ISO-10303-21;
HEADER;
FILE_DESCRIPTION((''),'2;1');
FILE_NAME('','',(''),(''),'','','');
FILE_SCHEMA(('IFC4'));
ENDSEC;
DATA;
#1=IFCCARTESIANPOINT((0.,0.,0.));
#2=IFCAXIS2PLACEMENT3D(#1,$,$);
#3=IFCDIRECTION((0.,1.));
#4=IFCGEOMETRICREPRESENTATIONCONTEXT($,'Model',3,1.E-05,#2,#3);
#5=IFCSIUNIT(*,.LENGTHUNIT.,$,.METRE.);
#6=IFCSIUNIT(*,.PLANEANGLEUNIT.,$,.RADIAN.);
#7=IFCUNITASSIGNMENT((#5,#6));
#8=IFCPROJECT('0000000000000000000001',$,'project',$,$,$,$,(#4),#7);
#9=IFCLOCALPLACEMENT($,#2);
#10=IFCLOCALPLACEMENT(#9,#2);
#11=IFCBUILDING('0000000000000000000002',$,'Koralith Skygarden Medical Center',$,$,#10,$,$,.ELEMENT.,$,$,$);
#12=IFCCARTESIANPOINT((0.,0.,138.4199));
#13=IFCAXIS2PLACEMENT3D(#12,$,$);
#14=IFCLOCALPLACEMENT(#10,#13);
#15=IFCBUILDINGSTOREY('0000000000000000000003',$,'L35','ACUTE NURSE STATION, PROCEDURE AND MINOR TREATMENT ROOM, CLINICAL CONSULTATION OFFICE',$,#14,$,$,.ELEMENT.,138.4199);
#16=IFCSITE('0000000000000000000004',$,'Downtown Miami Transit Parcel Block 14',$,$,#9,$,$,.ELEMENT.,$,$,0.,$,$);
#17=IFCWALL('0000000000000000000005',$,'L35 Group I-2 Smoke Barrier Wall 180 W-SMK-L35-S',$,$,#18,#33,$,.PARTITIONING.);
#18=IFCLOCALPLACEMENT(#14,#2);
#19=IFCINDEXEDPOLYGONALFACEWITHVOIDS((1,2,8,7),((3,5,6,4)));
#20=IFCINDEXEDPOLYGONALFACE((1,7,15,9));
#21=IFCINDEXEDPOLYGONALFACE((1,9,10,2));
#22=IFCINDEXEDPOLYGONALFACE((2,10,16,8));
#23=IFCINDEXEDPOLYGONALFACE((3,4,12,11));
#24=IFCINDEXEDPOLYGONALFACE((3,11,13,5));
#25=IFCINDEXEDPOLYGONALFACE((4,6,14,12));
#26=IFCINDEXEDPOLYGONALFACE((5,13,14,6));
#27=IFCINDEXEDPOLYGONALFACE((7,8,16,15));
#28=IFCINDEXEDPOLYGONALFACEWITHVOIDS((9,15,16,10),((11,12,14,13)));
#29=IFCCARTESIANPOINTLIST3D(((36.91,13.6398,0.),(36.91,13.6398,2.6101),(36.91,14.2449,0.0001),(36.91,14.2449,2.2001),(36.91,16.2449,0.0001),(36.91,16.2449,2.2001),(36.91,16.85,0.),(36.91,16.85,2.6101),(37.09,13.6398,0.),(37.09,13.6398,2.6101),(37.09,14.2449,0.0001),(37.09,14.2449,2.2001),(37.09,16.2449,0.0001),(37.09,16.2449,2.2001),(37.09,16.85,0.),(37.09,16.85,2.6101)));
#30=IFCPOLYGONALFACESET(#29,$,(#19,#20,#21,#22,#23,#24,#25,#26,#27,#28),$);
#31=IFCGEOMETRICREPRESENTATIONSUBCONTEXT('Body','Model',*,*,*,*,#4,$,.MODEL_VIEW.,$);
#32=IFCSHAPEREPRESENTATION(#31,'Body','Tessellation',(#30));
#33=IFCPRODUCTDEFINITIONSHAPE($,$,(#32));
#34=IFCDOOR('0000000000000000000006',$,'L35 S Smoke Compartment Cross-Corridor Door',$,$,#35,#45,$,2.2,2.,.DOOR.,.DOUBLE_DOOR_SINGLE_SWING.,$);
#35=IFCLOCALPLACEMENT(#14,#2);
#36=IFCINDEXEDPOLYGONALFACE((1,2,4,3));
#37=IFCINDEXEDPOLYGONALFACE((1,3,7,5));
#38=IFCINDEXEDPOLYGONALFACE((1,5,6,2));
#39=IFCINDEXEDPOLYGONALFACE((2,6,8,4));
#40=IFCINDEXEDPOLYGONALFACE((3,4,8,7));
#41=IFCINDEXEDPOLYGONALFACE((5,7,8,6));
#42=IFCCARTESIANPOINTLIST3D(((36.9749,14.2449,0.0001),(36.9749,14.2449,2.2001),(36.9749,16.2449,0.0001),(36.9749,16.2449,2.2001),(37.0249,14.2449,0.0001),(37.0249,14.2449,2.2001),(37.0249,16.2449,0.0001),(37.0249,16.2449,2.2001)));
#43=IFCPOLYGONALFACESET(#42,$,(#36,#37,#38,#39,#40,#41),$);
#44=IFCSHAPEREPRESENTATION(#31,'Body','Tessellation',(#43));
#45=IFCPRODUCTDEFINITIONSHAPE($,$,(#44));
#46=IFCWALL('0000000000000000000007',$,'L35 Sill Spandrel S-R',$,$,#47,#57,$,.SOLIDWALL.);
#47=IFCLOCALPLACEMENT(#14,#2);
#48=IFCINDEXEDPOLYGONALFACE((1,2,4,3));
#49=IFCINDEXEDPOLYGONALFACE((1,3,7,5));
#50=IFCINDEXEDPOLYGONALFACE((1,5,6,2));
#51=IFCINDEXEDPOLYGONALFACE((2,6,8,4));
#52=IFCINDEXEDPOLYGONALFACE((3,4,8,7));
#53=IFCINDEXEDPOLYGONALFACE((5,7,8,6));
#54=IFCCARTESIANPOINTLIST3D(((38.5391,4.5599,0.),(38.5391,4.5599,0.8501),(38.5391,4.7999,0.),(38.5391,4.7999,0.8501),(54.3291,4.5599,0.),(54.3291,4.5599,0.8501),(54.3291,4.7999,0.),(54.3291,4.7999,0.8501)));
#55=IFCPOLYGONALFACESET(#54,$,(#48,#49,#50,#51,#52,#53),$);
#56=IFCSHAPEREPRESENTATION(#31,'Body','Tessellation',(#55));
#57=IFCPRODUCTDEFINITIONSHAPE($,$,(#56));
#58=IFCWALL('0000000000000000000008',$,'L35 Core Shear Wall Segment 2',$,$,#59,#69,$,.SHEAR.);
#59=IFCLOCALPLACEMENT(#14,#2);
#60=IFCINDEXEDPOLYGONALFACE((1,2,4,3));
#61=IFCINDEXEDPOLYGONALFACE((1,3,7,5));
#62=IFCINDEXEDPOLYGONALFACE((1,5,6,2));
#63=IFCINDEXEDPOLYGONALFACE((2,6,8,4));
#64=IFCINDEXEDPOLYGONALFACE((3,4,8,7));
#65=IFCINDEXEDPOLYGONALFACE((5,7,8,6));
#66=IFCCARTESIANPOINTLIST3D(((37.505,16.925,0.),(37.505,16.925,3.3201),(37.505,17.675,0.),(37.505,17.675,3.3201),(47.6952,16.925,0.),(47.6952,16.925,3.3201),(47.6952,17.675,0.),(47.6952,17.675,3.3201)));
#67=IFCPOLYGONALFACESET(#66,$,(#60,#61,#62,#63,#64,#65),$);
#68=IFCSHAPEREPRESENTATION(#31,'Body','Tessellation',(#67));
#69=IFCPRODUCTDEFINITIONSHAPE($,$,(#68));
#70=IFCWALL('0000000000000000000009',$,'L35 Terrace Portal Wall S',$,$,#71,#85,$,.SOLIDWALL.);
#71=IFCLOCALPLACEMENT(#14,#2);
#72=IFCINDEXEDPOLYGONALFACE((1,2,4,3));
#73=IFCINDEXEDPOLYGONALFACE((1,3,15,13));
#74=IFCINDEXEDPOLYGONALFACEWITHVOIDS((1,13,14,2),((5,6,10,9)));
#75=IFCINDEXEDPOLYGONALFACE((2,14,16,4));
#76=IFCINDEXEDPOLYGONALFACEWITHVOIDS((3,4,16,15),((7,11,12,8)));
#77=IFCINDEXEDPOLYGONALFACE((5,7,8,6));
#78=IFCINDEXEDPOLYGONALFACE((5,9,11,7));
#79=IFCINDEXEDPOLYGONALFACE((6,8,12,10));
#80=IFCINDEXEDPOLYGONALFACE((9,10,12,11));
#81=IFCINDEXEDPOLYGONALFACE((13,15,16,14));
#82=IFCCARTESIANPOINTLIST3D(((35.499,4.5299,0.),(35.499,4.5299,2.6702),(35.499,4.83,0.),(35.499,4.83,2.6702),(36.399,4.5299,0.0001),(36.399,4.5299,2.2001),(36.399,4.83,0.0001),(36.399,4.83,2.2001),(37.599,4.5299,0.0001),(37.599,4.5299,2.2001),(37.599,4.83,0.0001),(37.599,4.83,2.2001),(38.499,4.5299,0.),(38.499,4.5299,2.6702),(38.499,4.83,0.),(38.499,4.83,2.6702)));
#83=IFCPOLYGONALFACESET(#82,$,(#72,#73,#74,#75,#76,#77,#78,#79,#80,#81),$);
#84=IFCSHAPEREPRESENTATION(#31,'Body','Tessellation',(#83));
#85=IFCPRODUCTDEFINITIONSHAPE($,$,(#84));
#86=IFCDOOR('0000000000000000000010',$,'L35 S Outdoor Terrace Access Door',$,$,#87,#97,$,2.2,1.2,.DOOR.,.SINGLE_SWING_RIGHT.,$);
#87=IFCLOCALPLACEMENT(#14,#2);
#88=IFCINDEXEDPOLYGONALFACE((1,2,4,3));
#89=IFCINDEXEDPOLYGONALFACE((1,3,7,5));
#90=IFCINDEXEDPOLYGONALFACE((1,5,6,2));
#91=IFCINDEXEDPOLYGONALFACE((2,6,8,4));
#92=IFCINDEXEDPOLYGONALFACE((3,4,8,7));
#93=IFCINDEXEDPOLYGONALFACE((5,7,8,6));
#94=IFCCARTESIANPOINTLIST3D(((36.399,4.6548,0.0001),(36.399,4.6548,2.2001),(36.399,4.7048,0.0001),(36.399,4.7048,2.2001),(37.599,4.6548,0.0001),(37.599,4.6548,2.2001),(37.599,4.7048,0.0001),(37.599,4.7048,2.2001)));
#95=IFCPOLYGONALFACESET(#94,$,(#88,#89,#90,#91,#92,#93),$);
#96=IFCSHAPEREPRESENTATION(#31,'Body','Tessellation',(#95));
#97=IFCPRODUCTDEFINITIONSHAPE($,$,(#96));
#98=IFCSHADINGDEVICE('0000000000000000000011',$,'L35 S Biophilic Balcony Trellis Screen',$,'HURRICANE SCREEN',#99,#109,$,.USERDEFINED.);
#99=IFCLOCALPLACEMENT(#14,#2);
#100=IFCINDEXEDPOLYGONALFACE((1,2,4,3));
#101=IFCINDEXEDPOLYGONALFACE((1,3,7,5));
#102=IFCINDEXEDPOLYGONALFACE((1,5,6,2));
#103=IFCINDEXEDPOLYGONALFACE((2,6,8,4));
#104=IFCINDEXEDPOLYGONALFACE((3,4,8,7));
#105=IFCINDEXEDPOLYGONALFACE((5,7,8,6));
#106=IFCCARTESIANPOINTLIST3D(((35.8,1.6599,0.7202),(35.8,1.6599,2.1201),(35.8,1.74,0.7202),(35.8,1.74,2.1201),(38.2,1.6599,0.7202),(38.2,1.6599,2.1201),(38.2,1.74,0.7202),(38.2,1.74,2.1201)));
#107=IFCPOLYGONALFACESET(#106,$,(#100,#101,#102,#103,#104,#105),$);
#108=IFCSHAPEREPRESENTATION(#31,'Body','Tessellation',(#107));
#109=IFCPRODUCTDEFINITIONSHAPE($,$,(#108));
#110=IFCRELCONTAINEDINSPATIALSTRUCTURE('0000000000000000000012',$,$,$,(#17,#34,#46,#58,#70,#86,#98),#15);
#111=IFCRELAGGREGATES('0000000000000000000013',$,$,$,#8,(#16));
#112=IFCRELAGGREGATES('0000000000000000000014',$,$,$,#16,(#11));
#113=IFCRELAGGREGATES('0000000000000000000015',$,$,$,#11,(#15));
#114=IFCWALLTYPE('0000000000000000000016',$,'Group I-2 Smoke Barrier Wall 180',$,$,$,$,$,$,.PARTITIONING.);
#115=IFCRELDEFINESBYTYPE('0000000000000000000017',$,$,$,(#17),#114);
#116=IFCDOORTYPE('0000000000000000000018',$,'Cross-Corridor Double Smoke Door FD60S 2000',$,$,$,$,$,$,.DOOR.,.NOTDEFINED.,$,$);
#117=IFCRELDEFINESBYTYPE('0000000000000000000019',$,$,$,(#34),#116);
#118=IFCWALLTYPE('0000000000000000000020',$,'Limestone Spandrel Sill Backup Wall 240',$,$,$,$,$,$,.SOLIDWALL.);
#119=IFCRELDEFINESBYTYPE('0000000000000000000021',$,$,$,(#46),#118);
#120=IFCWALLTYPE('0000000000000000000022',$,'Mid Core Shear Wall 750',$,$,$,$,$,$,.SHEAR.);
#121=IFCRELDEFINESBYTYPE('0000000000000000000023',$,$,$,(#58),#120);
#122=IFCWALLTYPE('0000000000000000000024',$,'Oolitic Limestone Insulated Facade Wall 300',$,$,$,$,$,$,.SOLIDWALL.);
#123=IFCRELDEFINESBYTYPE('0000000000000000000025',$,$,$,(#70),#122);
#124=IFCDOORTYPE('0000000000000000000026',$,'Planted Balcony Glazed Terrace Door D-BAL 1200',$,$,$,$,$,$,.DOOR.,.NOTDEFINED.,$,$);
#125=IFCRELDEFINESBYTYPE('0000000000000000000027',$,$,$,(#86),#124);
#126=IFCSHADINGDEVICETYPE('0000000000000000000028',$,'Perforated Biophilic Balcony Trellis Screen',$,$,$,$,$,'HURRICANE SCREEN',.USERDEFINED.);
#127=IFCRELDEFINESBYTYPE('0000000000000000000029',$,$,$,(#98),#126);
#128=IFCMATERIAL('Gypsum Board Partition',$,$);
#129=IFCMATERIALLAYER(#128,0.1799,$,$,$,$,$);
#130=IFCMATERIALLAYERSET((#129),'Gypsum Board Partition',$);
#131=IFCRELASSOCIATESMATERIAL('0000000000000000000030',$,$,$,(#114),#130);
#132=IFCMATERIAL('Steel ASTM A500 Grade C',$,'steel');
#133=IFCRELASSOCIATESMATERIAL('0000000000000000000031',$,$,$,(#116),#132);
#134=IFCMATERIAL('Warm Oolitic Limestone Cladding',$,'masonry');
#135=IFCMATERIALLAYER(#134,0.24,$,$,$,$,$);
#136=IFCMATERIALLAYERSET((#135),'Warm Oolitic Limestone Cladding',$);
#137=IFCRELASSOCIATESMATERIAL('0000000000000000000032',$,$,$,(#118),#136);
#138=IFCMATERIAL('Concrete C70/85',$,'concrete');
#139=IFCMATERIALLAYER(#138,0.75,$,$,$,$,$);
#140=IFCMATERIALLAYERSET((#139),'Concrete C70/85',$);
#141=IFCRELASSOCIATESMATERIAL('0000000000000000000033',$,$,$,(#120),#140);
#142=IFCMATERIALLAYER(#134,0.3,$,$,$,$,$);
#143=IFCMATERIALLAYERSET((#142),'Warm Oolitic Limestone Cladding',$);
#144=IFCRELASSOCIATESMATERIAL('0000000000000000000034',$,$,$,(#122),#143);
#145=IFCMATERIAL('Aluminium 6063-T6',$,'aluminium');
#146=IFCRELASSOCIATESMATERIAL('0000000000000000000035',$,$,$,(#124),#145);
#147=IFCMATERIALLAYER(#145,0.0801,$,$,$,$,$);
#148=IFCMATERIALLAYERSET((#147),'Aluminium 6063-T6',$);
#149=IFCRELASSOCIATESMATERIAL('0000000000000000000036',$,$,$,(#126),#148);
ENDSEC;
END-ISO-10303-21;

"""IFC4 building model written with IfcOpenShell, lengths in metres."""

from ifc_helpers import new_model, si_unit, direction, frame, frame_2d, origin, origin_2d, place, context, subcontext, project, spatial, rectangle, extrude, material, layer, layer_set, type_object, element, fill, save


model = new_model("IFC4")

# Units and contexts
model_context = context("Model", 3, precision=1e-05, world=origin(), true_north=direction((0.0, 1.0)))
body_context = subcontext(model_context, "Body", "Model", "MODEL_VIEW")
ifc_project = project(units=[si_unit("LENGTHUNIT", "METRE"), si_unit("PLANEANGLEUNIT", "RADIAN")], contexts=[model_context])

# Site, building, storey
site_placement = place(None, origin())
site = spatial("IfcSite", under=ifc_project, at=site_placement, Name="Downtown Miami Transit Parcel Block 14", CompositionType="ELEMENT", RefElevation=0.0)
building_placement = place(site_placement, origin())
building = spatial("IfcBuilding", under=site, at=building_placement, Name="Koralith Skygarden Medical Center", CompositionType="ELEMENT")
storey_placement = place(building_placement, frame((0.0, 0.0, 138.4199)))
storey = spatial("IfcBuildingStorey", under=building, at=storey_placement, Name="L35", Description="ACUTE NURSE STATION, PROCEDURE AND MINOR TREATMENT ROOM, CLINICAL CONSULTATION OFFICE", CompositionType="ELEMENT", Elevation=138.4199)

# Shared definitions
ifc_material_1 = material(Name="Concrete C70/85", Category="concrete")

# Shared definitions
ifc_material_2 = material(Name="Aluminium 6063-T6", Category="aluminium")

# Shared definitions
ifc_material_3 = material(Name="Gypsum Board Partition")

# Wall, opening, door
ifc_layer_1 = layer(ifc_material_3, 0.1799)
ifc_layer_set_1 = layer_set([ifc_layer_1], Name="Gypsum Board Partition")
wall_type_1 = type_object("IfcWallType", Name="Group I-2 Smoke Barrier Wall 180", PredefinedType="PARTITIONING", material=ifc_layer_set_1)
wall_1_placement = place(storey_placement, frame((37.0, 13.6399, 0.0), z_axis=(0.0, 0.0, 1.0), x_axis=(0.0, 1.0, 0.0)))
wall_1 = element("IfcWall", 1, at=wall_1_placement, inside=storey, type_object=wall_type_1, Name="L35 Group I-2 Smoke Barrier Wall 180 W-SMK-L35-S", PredefinedType="PARTITIONING", context=body_context, shape_type="SweptSolid", body=[
    extrude(rectangle(XDim=3.2102, YDim=0.1799, at=frame_2d((1.605, 0.0))), origin(), (0.0, 0.0, 1.0), 2.6101),
])
opening_1_placement = place(wall_1_placement, frame((0.605, 0.0, 0.0)))
opening_1 = element("IfcOpeningElement", 2, at=opening_1_placement, cuts=wall_1, PredefinedType="OPENING", context=body_context, shape_type="SweptSolid", body=[
    extrude(rectangle(XDim=2.0, YDim=2.2, at=frame_2d((1.0, 1.1001))), frame((0.0, 0.0999, 0.0), z_axis=(0.0, -1.0, 0.0), x_axis=(1.0, 0.0, 0.0)), (0.0, 0.0, 1.0), 0.2),
])
ifc_material_4 = material(Name="Steel ASTM A500 Grade C", Category="steel")
door_type_1 = type_object("IfcDoorType", Name="Cross-Corridor Double Smoke Door FD60S 2000", OperationType="NOTDEFINED", PredefinedType="DOOR", material=ifc_material_4)
door_1_placement = place(opening_1_placement, frame((2.0, 0.0, 0.0), z_axis=(0.0, 0.0, 1.0), x_axis=(-1.0, 0.0, 0.0)))
door_1 = element("IfcDoor", 3, at=door_1_placement, inside=storey, type_object=door_type_1, Name="L35 S Smoke Compartment Cross-Corridor Door", OperationType="DOUBLE_DOOR_SINGLE_SWING", OverallHeight=2.2, OverallWidth=2.0, PredefinedType="DOOR", context=body_context, shape_type="SweptSolid", body=[
    extrude(rectangle(XDim=2.0, YDim=2.2, at=frame_2d((1.0, 1.1001))), frame((0.0, 0.0249, 0.0), z_axis=(0.0, -1.0, 0.0), x_axis=(1.0, 0.0, 0.0)), (0.0, 0.0, 1.0), 0.05),
])
fill(opening_1, door_1)

# Walls
ifc_material_5 = material(Name="Warm Oolitic Limestone Cladding", Category="masonry")
ifc_layer_2 = layer(ifc_material_5, 0.24)
ifc_layer_set_2 = layer_set([ifc_layer_2], Name="Warm Oolitic Limestone Cladding")
wall_type_2 = type_object("IfcWallType", Name="Limestone Spandrel Sill Backup Wall 240", PredefinedType="SOLIDWALL", material=ifc_layer_set_2)
wall_2_placement = place(storey_placement, frame((38.5391, 4.6799, 0.0), z_axis=(0.0, 0.0, 1.0), x_axis=(1.0, 0.0, 0.0)))
element("IfcWall", 4, at=wall_2_placement, inside=storey, type_object=wall_type_2, Name="L35 Sill Spandrel S-R", PredefinedType="SOLIDWALL", context=body_context, shape_type="SweptSolid", body=[
    extrude(rectangle(XDim=15.79, YDim=0.24, at=frame_2d((7.895, 0.0))), origin(), (0.0, 0.0, 1.0), 0.8501),
])
ifc_layer_3 = layer(ifc_material_1, 0.75)
ifc_layer_set_3 = layer_set([ifc_layer_3], Name="Concrete C70/85")
wall_type_3 = type_object("IfcWallType", Name="Mid Core Shear Wall 750", PredefinedType="SHEAR", material=ifc_layer_set_3)
wall_3_placement = place(storey_placement, frame((37.5049, 17.3, 0.0), z_axis=(0.0, 0.0, 1.0), x_axis=(1.0, 0.0, 0.0)))
element("IfcWall", 5, at=wall_3_placement, inside=storey, type_object=wall_type_3, Name="L35 Core Shear Wall Segment 2", PredefinedType="SHEAR", context=body_context, shape_type="SweptSolid", body=[
    extrude(rectangle(XDim=10.1902, YDim=0.75, at=frame_2d((5.0952, 0.0))), origin(), (0.0, 0.0, 1.0), 3.3201),
])

# Wall, opening, door
ifc_layer_4 = layer(ifc_material_5, 0.3)
ifc_layer_set_4 = layer_set([ifc_layer_4], Name="Warm Oolitic Limestone Cladding")
wall_type_4 = type_object("IfcWallType", Name="Oolitic Limestone Insulated Facade Wall 300", PredefinedType="SOLIDWALL", material=ifc_layer_set_4)
wall_4_placement = place(storey_placement, frame((35.499, 4.6799, 0.0), z_axis=(0.0, 0.0, 1.0), x_axis=(1.0, 0.0, 0.0)))
wall_4 = element("IfcWall", 6, at=wall_4_placement, inside=storey, type_object=wall_type_4, Name="L35 Terrace Portal Wall S", PredefinedType="SOLIDWALL", context=body_context, shape_type="SweptSolid", body=[
    extrude(rectangle(XDim=3.0, YDim=0.3, at=frame_2d((1.5, 0.0))), origin(), (0.0, 0.0, 1.0), 2.6702),
])
opening_2_placement = place(wall_4_placement, frame((0.8999, 0.0, 0.0)))
opening_2 = element("IfcOpeningElement", 7, at=opening_2_placement, cuts=wall_4, PredefinedType="OPENING", context=body_context, shape_type="SweptSolid", body=[
    extrude(rectangle(XDim=1.2, YDim=2.2, at=frame_2d((0.6001, 1.1001))), frame((0.0, 0.1599, 0.0), z_axis=(0.0, -1.0, 0.0), x_axis=(1.0, 0.0, 0.0)), (0.0, 0.0, 1.0), 0.3201),
])
door_type_2 = type_object("IfcDoorType", Name="Planted Balcony Glazed Terrace Door D-BAL 1200", OperationType="NOTDEFINED", PredefinedType="DOOR", material=ifc_material_2)
door_2_placement = place(opening_2_placement, origin())
door_2 = element("IfcDoor", 8, at=door_2_placement, inside=storey, type_object=door_type_2, Name="L35 S Outdoor Terrace Access Door", OperationType="SINGLE_SWING_RIGHT", OverallHeight=2.2, OverallWidth=1.2, PredefinedType="DOOR", context=body_context, shape_type="SweptSolid", body=[
    extrude(rectangle(XDim=1.2, YDim=2.2, at=frame_2d((0.6001, 1.1001))), frame((0.0, 0.0249, 0.0), z_axis=(0.0, -1.0, 0.0), x_axis=(1.0, 0.0, 0.0)), (0.0, 0.0, 1.0), 0.05),
])
fill(opening_2, door_2)

# Shading device
ifc_layer_5 = layer(ifc_material_2, 0.0801)
ifc_layer_set_5 = layer_set([ifc_layer_5], Name="Aluminium 6063-T6")
shading_device_type = type_object("IfcShadingDeviceType", Name="Perforated Biophilic Balcony Trellis Screen", ElementType="HURRICANE SCREEN", PredefinedType="USERDEFINED", material=ifc_layer_set_5)
shading_device_placement = place(storey_placement, frame((37.0, 1.7, 0.7202), z_axis=(0.0, 0.0, 1.0), x_axis=(1.0, 0.0, 0.0)))
element("IfcShadingDevice", 9, at=shading_device_placement, inside=storey, type_object=shading_device_type, Name="L35 S Biophilic Balcony Trellis Screen", ObjectType="HURRICANE SCREEN", PredefinedType="USERDEFINED", context=body_context, shape_type="SweptSolid", body=[
    extrude(rectangle(XDim=2.3999, YDim=0.0801, at=origin_2d()), origin(), (0.0, 0.0, 1.0), 1.3999),
])

save(model, "model.ifc")
